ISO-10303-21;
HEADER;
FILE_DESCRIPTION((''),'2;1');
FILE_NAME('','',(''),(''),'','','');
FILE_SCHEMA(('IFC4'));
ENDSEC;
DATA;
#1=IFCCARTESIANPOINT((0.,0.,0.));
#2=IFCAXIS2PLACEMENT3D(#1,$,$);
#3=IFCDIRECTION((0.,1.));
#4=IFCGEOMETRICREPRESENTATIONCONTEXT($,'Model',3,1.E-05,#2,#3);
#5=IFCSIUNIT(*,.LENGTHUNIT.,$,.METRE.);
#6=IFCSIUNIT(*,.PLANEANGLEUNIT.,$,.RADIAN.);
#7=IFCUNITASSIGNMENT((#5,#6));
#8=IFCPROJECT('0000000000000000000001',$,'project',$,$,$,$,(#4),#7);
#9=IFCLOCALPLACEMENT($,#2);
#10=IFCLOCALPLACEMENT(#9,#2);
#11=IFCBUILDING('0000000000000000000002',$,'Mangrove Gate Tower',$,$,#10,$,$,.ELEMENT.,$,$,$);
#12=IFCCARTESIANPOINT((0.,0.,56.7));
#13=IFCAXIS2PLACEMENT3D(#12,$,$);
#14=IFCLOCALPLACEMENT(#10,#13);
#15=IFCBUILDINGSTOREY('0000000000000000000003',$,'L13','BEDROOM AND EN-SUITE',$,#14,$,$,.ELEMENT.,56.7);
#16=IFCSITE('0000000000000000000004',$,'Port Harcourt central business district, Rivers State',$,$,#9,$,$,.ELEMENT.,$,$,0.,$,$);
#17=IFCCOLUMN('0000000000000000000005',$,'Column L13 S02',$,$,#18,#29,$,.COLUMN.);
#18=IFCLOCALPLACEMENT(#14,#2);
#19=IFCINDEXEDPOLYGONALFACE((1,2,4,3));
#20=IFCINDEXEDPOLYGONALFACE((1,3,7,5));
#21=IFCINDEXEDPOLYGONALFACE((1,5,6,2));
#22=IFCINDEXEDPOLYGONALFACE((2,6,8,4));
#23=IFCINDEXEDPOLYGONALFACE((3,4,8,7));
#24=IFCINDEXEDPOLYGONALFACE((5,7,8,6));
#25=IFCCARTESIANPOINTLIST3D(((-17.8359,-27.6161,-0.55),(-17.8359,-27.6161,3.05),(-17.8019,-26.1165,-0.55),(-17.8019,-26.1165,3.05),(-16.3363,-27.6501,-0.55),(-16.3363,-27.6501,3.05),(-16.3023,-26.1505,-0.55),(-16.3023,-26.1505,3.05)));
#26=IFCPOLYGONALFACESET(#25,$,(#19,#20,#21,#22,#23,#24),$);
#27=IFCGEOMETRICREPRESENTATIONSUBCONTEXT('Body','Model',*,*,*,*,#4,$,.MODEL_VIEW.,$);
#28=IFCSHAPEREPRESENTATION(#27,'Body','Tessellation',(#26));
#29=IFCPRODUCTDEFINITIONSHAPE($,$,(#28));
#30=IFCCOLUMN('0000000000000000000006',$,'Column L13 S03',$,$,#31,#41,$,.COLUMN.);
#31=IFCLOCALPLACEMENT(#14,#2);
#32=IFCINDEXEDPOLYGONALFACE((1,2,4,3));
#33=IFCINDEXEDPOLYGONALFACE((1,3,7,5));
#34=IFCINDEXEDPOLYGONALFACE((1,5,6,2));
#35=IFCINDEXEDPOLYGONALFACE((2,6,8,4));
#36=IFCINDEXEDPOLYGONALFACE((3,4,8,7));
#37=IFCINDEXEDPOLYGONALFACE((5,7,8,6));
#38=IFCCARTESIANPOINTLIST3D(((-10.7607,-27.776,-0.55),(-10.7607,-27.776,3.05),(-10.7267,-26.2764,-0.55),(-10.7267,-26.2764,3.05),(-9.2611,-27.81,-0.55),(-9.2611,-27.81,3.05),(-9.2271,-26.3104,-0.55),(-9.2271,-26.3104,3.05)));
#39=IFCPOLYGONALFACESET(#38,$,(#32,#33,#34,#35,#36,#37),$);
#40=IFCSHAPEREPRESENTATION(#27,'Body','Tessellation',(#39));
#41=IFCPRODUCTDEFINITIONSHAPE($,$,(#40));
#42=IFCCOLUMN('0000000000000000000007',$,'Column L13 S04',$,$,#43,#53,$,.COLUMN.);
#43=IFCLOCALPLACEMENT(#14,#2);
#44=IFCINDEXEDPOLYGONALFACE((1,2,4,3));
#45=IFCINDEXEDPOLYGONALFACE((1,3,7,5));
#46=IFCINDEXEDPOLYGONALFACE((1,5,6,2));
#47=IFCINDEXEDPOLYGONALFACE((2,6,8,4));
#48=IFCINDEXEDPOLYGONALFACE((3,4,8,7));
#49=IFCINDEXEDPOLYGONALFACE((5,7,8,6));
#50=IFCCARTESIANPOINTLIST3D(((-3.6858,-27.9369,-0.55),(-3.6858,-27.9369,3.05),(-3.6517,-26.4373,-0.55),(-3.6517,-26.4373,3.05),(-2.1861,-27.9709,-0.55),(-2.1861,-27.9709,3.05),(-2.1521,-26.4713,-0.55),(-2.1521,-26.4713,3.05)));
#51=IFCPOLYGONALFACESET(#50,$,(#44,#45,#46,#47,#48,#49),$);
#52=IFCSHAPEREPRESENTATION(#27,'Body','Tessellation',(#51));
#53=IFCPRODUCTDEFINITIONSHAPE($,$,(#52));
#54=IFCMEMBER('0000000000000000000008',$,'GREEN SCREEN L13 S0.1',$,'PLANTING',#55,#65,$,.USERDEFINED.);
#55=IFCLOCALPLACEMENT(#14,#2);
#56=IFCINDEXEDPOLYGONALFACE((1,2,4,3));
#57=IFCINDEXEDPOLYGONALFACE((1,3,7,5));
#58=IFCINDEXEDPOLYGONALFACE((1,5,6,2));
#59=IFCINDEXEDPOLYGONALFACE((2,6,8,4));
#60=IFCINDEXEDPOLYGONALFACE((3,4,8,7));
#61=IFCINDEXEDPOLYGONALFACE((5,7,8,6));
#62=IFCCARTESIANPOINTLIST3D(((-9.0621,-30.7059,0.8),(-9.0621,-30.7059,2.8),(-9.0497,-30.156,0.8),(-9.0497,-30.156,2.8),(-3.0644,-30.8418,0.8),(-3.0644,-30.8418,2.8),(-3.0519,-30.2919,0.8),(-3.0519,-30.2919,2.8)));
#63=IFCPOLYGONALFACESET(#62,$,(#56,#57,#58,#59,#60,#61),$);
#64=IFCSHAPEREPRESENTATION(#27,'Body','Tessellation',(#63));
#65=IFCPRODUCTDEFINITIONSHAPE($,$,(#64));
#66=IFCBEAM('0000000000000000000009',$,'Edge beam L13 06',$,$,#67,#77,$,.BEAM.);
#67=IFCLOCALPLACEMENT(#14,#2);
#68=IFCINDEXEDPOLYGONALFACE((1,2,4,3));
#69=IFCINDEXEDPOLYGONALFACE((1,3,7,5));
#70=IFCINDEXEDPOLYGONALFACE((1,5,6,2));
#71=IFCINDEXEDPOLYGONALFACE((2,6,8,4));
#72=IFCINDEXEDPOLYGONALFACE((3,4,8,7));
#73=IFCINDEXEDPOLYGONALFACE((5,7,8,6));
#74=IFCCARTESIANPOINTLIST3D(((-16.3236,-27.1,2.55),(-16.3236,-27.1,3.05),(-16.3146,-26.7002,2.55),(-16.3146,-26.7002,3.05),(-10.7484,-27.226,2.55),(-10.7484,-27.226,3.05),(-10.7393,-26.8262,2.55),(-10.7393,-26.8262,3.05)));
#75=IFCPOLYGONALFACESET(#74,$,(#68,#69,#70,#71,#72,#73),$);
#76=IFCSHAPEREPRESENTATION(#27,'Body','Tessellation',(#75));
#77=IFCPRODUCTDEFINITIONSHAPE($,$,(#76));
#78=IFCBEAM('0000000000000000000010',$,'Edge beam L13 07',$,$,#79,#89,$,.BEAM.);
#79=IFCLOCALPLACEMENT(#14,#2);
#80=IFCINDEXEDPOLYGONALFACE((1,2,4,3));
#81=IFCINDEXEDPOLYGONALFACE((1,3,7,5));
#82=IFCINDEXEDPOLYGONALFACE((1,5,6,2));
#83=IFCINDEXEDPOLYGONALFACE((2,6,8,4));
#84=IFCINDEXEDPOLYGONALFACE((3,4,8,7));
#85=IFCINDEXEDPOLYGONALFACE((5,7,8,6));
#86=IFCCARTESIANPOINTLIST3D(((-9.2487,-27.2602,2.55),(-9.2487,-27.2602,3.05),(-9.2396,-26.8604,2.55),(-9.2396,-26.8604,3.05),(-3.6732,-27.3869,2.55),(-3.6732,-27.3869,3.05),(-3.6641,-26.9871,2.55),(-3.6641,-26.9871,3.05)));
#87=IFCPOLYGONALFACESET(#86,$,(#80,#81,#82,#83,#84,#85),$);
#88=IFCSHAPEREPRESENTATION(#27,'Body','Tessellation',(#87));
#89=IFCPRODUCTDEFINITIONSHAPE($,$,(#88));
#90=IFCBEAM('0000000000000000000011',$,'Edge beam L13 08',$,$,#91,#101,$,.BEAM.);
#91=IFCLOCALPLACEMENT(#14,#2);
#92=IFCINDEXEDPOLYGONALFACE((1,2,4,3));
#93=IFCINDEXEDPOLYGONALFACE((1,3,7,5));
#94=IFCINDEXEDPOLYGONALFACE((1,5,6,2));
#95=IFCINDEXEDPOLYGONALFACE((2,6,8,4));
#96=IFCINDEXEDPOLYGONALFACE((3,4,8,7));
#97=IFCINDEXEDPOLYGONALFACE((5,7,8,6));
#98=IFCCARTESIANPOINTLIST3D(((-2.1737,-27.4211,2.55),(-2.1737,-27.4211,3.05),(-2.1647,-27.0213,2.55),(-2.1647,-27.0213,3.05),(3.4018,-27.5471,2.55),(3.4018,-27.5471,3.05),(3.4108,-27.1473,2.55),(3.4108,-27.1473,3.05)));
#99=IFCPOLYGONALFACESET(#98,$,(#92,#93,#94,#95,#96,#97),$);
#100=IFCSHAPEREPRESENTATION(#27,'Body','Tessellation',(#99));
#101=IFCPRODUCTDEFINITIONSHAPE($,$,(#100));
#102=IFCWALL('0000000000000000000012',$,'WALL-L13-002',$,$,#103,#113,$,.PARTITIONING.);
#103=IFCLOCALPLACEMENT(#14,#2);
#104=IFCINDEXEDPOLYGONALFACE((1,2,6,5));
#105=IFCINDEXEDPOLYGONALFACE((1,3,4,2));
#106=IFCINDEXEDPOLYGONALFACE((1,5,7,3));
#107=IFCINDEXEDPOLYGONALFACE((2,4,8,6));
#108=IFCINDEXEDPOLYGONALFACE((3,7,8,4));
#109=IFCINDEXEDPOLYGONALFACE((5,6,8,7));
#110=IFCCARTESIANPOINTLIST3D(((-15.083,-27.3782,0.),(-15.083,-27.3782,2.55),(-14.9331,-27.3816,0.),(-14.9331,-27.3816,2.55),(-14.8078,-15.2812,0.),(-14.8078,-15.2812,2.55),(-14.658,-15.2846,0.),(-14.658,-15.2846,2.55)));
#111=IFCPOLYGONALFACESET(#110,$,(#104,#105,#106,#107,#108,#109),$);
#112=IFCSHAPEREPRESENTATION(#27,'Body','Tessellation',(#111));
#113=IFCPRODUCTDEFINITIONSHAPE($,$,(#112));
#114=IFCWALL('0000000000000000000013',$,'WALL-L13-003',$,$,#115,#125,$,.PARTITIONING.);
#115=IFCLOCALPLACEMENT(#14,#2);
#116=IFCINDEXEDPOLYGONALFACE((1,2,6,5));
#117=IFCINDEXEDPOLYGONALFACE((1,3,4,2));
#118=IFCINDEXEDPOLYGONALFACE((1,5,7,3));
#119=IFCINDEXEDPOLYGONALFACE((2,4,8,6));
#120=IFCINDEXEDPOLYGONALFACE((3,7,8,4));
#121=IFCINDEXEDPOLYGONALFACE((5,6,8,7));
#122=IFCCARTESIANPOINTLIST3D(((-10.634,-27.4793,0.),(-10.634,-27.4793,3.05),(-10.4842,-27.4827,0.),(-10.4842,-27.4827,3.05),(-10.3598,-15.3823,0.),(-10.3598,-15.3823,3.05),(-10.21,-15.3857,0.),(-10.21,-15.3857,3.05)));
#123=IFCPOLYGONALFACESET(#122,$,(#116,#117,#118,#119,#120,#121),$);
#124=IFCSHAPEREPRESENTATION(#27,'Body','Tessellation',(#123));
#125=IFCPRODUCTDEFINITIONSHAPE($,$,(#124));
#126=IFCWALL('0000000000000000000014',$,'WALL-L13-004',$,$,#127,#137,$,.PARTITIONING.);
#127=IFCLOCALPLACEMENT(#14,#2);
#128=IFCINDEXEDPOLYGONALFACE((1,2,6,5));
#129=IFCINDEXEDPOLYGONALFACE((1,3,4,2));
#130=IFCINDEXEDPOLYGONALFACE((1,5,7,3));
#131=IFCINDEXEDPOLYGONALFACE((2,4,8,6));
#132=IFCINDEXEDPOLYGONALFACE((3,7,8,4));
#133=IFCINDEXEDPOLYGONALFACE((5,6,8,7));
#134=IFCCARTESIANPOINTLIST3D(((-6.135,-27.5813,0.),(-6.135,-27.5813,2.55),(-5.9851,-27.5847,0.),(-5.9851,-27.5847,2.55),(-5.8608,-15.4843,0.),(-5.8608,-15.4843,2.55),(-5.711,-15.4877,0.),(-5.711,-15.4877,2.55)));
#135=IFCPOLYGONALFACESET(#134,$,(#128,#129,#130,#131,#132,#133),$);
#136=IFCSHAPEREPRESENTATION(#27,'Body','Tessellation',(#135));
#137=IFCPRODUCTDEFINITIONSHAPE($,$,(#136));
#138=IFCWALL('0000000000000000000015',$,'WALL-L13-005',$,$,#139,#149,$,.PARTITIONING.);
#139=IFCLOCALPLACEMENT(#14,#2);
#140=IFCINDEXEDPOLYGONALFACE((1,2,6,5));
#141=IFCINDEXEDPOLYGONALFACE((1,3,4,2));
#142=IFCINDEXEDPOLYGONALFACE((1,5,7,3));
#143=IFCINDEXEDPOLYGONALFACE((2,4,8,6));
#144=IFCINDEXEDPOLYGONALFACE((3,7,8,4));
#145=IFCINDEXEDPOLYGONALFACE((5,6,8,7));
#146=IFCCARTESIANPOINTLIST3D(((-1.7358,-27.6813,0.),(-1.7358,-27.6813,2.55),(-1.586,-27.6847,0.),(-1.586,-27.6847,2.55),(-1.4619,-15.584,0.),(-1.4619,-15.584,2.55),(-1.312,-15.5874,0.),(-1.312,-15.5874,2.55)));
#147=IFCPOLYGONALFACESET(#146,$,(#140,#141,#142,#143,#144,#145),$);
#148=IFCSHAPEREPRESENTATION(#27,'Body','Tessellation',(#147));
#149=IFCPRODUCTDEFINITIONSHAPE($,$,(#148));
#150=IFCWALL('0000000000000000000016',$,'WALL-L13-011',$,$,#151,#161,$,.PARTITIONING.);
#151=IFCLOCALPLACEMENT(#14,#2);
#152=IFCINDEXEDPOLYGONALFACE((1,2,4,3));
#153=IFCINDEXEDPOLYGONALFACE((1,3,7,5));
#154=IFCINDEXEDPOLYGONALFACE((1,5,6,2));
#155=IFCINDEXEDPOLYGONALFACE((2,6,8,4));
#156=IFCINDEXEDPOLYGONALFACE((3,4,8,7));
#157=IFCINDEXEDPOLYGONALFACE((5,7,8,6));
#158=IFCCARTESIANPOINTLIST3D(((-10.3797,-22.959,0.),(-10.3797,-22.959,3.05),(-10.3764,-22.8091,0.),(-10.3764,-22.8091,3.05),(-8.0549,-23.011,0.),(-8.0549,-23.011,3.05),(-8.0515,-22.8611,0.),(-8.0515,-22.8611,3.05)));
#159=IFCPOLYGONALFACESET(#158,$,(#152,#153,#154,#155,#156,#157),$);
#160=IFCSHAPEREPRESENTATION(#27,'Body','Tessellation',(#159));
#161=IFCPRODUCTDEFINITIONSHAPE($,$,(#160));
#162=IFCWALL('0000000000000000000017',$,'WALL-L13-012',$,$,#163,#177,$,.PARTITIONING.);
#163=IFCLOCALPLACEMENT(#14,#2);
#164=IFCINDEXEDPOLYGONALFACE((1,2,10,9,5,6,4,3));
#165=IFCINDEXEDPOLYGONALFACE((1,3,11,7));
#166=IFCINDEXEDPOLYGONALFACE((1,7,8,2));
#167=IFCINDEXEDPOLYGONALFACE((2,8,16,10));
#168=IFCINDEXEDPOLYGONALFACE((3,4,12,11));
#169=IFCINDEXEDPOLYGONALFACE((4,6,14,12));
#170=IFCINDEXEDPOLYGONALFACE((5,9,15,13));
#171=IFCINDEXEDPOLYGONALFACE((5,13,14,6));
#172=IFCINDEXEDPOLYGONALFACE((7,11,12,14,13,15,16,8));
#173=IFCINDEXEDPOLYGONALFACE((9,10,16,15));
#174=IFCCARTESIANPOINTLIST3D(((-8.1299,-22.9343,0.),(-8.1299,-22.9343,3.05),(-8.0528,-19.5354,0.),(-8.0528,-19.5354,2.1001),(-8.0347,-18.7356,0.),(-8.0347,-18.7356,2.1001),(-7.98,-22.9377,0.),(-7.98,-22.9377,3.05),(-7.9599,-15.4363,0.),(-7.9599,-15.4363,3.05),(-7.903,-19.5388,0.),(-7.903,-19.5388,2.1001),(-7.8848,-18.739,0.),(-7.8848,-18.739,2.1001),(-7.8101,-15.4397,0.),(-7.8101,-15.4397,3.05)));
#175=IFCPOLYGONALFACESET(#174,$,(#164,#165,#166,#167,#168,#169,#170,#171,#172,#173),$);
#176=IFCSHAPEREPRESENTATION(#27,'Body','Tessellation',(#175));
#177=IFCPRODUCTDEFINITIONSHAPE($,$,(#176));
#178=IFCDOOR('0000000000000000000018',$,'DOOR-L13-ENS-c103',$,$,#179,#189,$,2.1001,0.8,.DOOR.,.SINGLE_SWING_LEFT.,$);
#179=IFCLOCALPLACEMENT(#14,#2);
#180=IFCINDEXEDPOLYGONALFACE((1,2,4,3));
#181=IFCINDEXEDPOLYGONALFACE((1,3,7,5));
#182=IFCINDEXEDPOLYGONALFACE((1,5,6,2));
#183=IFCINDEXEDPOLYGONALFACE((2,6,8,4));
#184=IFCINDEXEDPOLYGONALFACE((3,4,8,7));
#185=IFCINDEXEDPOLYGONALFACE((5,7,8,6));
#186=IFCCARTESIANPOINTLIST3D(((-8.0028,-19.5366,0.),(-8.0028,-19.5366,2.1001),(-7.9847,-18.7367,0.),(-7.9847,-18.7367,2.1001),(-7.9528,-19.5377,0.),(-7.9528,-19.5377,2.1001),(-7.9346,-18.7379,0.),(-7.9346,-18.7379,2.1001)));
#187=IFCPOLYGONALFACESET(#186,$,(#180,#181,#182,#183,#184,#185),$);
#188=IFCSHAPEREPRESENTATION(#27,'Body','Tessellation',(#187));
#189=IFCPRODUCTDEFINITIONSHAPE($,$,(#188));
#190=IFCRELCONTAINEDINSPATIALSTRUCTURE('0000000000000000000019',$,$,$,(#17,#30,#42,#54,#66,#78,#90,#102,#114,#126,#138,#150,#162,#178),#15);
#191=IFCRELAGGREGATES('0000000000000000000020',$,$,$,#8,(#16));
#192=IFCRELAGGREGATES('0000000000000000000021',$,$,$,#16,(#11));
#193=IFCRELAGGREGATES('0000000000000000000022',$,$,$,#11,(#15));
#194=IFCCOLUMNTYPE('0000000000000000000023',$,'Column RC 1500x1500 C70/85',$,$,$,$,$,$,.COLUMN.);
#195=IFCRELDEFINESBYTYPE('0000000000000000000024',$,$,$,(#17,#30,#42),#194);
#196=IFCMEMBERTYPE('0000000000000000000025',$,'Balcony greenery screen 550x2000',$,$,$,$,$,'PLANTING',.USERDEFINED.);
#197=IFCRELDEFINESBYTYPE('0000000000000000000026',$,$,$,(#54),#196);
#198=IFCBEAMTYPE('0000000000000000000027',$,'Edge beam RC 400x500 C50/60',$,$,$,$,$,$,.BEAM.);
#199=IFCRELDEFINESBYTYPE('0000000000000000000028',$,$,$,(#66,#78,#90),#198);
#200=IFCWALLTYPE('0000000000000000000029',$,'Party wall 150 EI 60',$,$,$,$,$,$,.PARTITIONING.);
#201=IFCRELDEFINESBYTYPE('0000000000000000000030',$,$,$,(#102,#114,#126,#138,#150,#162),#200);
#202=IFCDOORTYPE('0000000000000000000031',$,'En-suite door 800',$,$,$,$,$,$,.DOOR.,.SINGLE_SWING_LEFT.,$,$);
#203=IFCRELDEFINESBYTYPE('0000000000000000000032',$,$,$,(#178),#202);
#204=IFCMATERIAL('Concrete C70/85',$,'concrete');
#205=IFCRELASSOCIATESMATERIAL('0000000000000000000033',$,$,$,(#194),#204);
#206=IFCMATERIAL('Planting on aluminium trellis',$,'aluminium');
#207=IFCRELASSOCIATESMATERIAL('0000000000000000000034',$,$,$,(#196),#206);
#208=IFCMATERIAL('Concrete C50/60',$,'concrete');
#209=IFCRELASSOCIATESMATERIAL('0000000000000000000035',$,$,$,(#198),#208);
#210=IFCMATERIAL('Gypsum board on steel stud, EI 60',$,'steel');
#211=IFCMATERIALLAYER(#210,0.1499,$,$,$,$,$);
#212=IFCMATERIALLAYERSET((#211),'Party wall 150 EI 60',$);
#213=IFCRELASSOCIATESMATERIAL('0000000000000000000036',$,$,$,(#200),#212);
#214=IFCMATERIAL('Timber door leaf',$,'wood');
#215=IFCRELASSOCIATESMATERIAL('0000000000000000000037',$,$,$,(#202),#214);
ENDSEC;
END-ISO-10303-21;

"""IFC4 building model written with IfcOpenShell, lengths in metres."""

from ifc_helpers import new_model, si_unit, direction, frame, frame_2d, origin, origin_2d, place, context, subcontext, project, spatial, rectangle, extrude, material, layer, layer_set, material_profile, profile_set, type_object, element, fill, save


model = new_model("IFC4")

# Units and contexts
model_context = context("Model", 3, precision=1e-05, world=origin(), true_north=direction((0.0, 1.0)))
body_context = subcontext(model_context, "Body", "Model", "MODEL_VIEW")
ifc_project = project(units=[si_unit("LENGTHUNIT", "METRE"), si_unit("PLANEANGLEUNIT", "RADIAN")], contexts=[model_context])

# Site, building, storey
site_placement = place(None, origin())
site = spatial("IfcSite", under=ifc_project, at=site_placement, Name="Port Harcourt central business district, Rivers State", CompositionType="ELEMENT", RefElevation=0.0)
building_placement = place(site_placement, origin())
building = spatial("IfcBuilding", under=site, at=building_placement, Name="Mangrove Gate Tower", CompositionType="ELEMENT")
storey_placement = place(building_placement, frame((0.0, 0.0, 56.7)))
storey = spatial("IfcBuildingStorey", under=building, at=storey_placement, Name="L13", Description="BEDROOM AND EN-SUITE", CompositionType="ELEMENT", Elevation=56.7)

# Columns
ifc_material_1 = material(Name="Concrete C70/85", Category="concrete")
ifc_material_profile_1 = material_profile(ifc_material_1, rectangle(XDim=1.5, YDim=1.5, at=origin_2d()))
ifc_profile_set_1 = profile_set([ifc_material_profile_1], Name="Concrete C70/85")
column_type = type_object("IfcColumnType", Name="Column RC 1500x1500 C70/85", PredefinedType="COLUMN", material=ifc_profile_set_1)
for number, where, z_axis, x_axis, name in (
    (1, (-17.0691, -26.8833, -0.55), (0.0, 0.0, 1.0), (0.999743, -0.022681, 0.0), "Column L13 S02"),
    (2, (-9.9939, -27.0432, -0.55), (0.0, 0.0, 1.0), (0.999743, -0.02268, 0.0), "Column L13 S03"),
    (3, (-2.9189, -27.2041, -0.55), (0.0, 0.0, 1.0), (0.999743, -0.02268, 0.0), "Column L13 S04"),
):
    element("IfcColumn", number, at=place(storey_placement, frame(where, z_axis=z_axis, x_axis=x_axis)), inside=storey, type_object=column_type, Name=name, PredefinedType="COLUMN", context=body_context, shape_type="SweptSolid", body=[
        extrude(rectangle(XDim=1.5, YDim=1.5, at=origin_2d()), origin(), (0.0, 0.0, 1.0), 3.6001),
    ])

# Member
ifc_material_2 = material(Name="Planting on aluminium trellis", Category="aluminium")
ifc_material_profile_2 = material_profile(ifc_material_2, rectangle(XDim=0.55, YDim=2.0, at=origin_2d()))
ifc_profile_set_2 = profile_set([ifc_material_profile_2], Name="Planting on aluminium trellis")
member_type = type_object("IfcMemberType", Name="Balcony greenery screen 550x2000", ElementType="PLANTING", PredefinedType="USERDEFINED", material=ifc_profile_set_2)
member_placement = place(storey_placement, frame((-9.0559, -30.4309, 1.8), z_axis=(0.999743, -0.022667, 0.0), x_axis=(0.022667, 0.999743, 0.0)))
element("IfcMember", 4, at=member_placement, inside=storey, type_object=member_type, Name="GREEN SCREEN L13 S0.1", ObjectType="PLANTING", PredefinedType="USERDEFINED", context=body_context, shape_type="SweptSolid", body=[
    extrude(rectangle(XDim=0.55, YDim=2.0, at=origin_2d()), origin(), (0.0, 0.0, 1.0), 5.9993),
])

# Beams
ifc_material_3 = material(Name="Concrete C50/60", Category="concrete")
ifc_material_profile_3 = material_profile(ifc_material_3, rectangle(XDim=0.3999, YDim=0.5, at=origin_2d()))
ifc_profile_set_3 = profile_set([ifc_material_profile_3], Name="Concrete C50/60")
beam_type = type_object("IfcBeamType", Name="Edge beam RC 400x500 C50/60", PredefinedType="BEAM", material=ifc_profile_set_3)
beam_placement = place(storey_placement, frame((-16.3191, -26.9001, 2.8), z_axis=(0.999745, -0.02259, 0.0), x_axis=(0.02259, 0.999745, 0.0)))
element("IfcBeam", 5, at=beam_placement, inside=storey, type_object=beam_type, Name="Edge beam L13 06", PredefinedType="BEAM", context=body_context, shape_type="SweptSolid", body=[
    extrude(rectangle(XDim=0.3999, YDim=0.5, at=origin_2d()), origin(), (0.0, 0.0, 1.0), 5.5767),
])
for number, where, z_axis, x_axis, name in (
    (6, (-9.2441, -27.0603, 2.8), (0.999742, -0.02272, 0.0), (0.02272, 0.999742, 0.0), "Edge beam L13 07"),
    (7, (-2.1692, -27.2212, 2.8), (0.999745, -0.022589, 0.0), (0.022589, 0.999745, 0.0), "Edge beam L13 08"),
):
    element("IfcBeam", number, at=place(storey_placement, frame(where, z_axis=z_axis, x_axis=x_axis)), inside=storey, type_object=beam_type, Name=name, PredefinedType="BEAM", context=body_context, shape_type="SweptSolid", body=[
        extrude(rectangle(XDim=0.3999, YDim=0.5, at=origin_2d()), origin(), (0.0, 0.0, 1.0), 5.5769),
    ])

# Walls
ifc_material_4 = material(Name="Gypsum board on steel stud, EI 60", Category="steel")
ifc_layer_1 = layer(ifc_material_4, 0.1499)
ifc_layer_set_1 = layer_set([ifc_layer_1], Name="Party wall 150 EI 60")
wall_type_1 = type_object("IfcWallType", Name="Party wall 150 EI 60", PredefinedType="PARTITIONING", material=ifc_layer_set_1)
wall_1_placement = place(storey_placement, frame((-15.0081, -27.3799, 0.0), z_axis=(0.0, 0.0, 1.0), x_axis=(0.022739, 0.999741, 0.0)))
element("IfcWall", 8, at=wall_1_placement, inside=storey, type_object=wall_type_1, Name="WALL-L13-002", PredefinedType="PARTITIONING", context=body_context, shape_type="SweptSolid", body=[
    extrude(rectangle(XDim=12.1001, YDim=0.1499, at=frame_2d((6.05, 0.0))), origin(), (0.0, 0.0, 1.0), 2.55),
])
wall_2_placement = place(storey_placement, frame((-10.5591, -27.481, 0.0), z_axis=(0.0, 0.0, 1.0), x_axis=(0.022659, 0.999743, 0.0)))
element("IfcWall", 9, at=wall_2_placement, inside=storey, type_object=wall_type_1, Name="WALL-L13-003", PredefinedType="PARTITIONING", context=body_context, shape_type="SweptSolid", body=[
    extrude(rectangle(XDim=12.1001, YDim=0.1499, at=frame_2d((6.05, 0.0))), origin(), (0.0, 0.0, 1.0), 3.05),
])
wall_3_placement = place(storey_placement, frame((-6.0601, -27.583, 0.0), z_axis=(0.0, 0.0, 1.0), x_axis=(0.022659, 0.999743, 0.0)))
element("IfcWall", 10, at=wall_3_placement, inside=storey, type_object=wall_type_1, Name="WALL-L13-004", PredefinedType="PARTITIONING", context=body_context, shape_type="SweptSolid", body=[
    extrude(rectangle(XDim=12.1001, YDim=0.1499, at=frame_2d((6.05, 0.0))), origin(), (0.0, 0.0, 1.0), 2.55),
])
wall_4_placement = place(storey_placement, frame((-1.6609, -27.6831, 0.0), z_axis=(0.0, 0.0, 1.0), x_axis=(0.022638, 0.999744, 0.0)))
element("IfcWall", 11, at=wall_4_placement, inside=storey, type_object=wall_type_1, Name="WALL-L13-005", PredefinedType="PARTITIONING", context=body_context, shape_type="SweptSolid", body=[
    extrude(rectangle(XDim=12.1003, YDim=0.1499, at=frame_2d((6.0503, 0.0))), origin(), (0.0, 0.0, 1.0), 2.55),
])
wall_5_placement = place(storey_placement, frame((-10.3779, -22.884, 0.0), z_axis=(0.0, 0.0, 1.0), x_axis=(0.99975, -0.022361, 0.0)))
element("IfcWall", 12, at=wall_5_placement, inside=storey, type_object=wall_type_1, Name="WALL-L13-011", PredefinedType="PARTITIONING", context=body_context, shape_type="SweptSolid", body=[
    extrude(rectangle(XDim=2.3254, YDim=0.1499, at=frame_2d((1.1626, 0.0))), origin(), (0.0, 0.0, 1.0), 3.05),
])

# Wall, opening, door
wall_6_placement = place(storey_placement, frame((-8.0549, -22.936, 0.0), z_axis=(0.0, 0.0, 1.0), x_axis=(0.022656, 0.999743, 0.0)))
wall_6 = element("IfcWall", 13, at=wall_6_placement, inside=storey, type_object=wall_type_1, Name="WALL-L13-012", PredefinedType="PARTITIONING", context=body_context, shape_type="SweptSolid", body=[
    extrude(rectangle(XDim=7.5, YDim=0.1499, at=frame_2d((3.75, 0.0))), origin(), (0.0, 0.0, 1.0), 3.05),
])
opening_1_placement = place(wall_6_placement, frame((3.3999, 0.0, 0.0)))
opening_1 = element("IfcOpeningElement", 14, at=opening_1_placement, cuts=wall_6, PredefinedType="OPENING", context=body_context, shape_type="SweptSolid", body=[
    extrude(rectangle(XDim=0.8, YDim=2.1001, at=frame_2d((0.3999, 1.05))), frame((0.0, 0.085, 0.0), z_axis=(0.0, -1.0, 0.0), x_axis=(1.0, 0.0, 0.0)), (0.0, 0.0, 1.0), 0.1699),
])
ifc_material_5 = material(Name="Timber door leaf", Category="wood")
door_type = type_object("IfcDoorType", Name="En-suite door 800", OperationType="SINGLE_SWING_LEFT", PredefinedType="DOOR", material=ifc_material_5)
door_1_placement = place(opening_1_placement, origin())
door_1 = element("IfcDoor", 15, at=door_1_placement, inside=storey, type_object=door_type, Name="DOOR-L13-ENS-c103", OperationType="SINGLE_SWING_LEFT", OverallHeight=2.1001, OverallWidth=0.8, PredefinedType="DOOR", context=body_context, shape_type="SweptSolid", body=[
    extrude(rectangle(XDim=0.8, YDim=2.1001, at=frame_2d((0.3999, 1.05))), frame((0.0, 0.0249, 0.0), z_axis=(0.0, -1.0, 0.0), x_axis=(1.0, 0.0, 0.0)), (0.0, 0.0, 1.0), 0.05),
])
fill(opening_1, door_1)

save(model, "model.ifc")
